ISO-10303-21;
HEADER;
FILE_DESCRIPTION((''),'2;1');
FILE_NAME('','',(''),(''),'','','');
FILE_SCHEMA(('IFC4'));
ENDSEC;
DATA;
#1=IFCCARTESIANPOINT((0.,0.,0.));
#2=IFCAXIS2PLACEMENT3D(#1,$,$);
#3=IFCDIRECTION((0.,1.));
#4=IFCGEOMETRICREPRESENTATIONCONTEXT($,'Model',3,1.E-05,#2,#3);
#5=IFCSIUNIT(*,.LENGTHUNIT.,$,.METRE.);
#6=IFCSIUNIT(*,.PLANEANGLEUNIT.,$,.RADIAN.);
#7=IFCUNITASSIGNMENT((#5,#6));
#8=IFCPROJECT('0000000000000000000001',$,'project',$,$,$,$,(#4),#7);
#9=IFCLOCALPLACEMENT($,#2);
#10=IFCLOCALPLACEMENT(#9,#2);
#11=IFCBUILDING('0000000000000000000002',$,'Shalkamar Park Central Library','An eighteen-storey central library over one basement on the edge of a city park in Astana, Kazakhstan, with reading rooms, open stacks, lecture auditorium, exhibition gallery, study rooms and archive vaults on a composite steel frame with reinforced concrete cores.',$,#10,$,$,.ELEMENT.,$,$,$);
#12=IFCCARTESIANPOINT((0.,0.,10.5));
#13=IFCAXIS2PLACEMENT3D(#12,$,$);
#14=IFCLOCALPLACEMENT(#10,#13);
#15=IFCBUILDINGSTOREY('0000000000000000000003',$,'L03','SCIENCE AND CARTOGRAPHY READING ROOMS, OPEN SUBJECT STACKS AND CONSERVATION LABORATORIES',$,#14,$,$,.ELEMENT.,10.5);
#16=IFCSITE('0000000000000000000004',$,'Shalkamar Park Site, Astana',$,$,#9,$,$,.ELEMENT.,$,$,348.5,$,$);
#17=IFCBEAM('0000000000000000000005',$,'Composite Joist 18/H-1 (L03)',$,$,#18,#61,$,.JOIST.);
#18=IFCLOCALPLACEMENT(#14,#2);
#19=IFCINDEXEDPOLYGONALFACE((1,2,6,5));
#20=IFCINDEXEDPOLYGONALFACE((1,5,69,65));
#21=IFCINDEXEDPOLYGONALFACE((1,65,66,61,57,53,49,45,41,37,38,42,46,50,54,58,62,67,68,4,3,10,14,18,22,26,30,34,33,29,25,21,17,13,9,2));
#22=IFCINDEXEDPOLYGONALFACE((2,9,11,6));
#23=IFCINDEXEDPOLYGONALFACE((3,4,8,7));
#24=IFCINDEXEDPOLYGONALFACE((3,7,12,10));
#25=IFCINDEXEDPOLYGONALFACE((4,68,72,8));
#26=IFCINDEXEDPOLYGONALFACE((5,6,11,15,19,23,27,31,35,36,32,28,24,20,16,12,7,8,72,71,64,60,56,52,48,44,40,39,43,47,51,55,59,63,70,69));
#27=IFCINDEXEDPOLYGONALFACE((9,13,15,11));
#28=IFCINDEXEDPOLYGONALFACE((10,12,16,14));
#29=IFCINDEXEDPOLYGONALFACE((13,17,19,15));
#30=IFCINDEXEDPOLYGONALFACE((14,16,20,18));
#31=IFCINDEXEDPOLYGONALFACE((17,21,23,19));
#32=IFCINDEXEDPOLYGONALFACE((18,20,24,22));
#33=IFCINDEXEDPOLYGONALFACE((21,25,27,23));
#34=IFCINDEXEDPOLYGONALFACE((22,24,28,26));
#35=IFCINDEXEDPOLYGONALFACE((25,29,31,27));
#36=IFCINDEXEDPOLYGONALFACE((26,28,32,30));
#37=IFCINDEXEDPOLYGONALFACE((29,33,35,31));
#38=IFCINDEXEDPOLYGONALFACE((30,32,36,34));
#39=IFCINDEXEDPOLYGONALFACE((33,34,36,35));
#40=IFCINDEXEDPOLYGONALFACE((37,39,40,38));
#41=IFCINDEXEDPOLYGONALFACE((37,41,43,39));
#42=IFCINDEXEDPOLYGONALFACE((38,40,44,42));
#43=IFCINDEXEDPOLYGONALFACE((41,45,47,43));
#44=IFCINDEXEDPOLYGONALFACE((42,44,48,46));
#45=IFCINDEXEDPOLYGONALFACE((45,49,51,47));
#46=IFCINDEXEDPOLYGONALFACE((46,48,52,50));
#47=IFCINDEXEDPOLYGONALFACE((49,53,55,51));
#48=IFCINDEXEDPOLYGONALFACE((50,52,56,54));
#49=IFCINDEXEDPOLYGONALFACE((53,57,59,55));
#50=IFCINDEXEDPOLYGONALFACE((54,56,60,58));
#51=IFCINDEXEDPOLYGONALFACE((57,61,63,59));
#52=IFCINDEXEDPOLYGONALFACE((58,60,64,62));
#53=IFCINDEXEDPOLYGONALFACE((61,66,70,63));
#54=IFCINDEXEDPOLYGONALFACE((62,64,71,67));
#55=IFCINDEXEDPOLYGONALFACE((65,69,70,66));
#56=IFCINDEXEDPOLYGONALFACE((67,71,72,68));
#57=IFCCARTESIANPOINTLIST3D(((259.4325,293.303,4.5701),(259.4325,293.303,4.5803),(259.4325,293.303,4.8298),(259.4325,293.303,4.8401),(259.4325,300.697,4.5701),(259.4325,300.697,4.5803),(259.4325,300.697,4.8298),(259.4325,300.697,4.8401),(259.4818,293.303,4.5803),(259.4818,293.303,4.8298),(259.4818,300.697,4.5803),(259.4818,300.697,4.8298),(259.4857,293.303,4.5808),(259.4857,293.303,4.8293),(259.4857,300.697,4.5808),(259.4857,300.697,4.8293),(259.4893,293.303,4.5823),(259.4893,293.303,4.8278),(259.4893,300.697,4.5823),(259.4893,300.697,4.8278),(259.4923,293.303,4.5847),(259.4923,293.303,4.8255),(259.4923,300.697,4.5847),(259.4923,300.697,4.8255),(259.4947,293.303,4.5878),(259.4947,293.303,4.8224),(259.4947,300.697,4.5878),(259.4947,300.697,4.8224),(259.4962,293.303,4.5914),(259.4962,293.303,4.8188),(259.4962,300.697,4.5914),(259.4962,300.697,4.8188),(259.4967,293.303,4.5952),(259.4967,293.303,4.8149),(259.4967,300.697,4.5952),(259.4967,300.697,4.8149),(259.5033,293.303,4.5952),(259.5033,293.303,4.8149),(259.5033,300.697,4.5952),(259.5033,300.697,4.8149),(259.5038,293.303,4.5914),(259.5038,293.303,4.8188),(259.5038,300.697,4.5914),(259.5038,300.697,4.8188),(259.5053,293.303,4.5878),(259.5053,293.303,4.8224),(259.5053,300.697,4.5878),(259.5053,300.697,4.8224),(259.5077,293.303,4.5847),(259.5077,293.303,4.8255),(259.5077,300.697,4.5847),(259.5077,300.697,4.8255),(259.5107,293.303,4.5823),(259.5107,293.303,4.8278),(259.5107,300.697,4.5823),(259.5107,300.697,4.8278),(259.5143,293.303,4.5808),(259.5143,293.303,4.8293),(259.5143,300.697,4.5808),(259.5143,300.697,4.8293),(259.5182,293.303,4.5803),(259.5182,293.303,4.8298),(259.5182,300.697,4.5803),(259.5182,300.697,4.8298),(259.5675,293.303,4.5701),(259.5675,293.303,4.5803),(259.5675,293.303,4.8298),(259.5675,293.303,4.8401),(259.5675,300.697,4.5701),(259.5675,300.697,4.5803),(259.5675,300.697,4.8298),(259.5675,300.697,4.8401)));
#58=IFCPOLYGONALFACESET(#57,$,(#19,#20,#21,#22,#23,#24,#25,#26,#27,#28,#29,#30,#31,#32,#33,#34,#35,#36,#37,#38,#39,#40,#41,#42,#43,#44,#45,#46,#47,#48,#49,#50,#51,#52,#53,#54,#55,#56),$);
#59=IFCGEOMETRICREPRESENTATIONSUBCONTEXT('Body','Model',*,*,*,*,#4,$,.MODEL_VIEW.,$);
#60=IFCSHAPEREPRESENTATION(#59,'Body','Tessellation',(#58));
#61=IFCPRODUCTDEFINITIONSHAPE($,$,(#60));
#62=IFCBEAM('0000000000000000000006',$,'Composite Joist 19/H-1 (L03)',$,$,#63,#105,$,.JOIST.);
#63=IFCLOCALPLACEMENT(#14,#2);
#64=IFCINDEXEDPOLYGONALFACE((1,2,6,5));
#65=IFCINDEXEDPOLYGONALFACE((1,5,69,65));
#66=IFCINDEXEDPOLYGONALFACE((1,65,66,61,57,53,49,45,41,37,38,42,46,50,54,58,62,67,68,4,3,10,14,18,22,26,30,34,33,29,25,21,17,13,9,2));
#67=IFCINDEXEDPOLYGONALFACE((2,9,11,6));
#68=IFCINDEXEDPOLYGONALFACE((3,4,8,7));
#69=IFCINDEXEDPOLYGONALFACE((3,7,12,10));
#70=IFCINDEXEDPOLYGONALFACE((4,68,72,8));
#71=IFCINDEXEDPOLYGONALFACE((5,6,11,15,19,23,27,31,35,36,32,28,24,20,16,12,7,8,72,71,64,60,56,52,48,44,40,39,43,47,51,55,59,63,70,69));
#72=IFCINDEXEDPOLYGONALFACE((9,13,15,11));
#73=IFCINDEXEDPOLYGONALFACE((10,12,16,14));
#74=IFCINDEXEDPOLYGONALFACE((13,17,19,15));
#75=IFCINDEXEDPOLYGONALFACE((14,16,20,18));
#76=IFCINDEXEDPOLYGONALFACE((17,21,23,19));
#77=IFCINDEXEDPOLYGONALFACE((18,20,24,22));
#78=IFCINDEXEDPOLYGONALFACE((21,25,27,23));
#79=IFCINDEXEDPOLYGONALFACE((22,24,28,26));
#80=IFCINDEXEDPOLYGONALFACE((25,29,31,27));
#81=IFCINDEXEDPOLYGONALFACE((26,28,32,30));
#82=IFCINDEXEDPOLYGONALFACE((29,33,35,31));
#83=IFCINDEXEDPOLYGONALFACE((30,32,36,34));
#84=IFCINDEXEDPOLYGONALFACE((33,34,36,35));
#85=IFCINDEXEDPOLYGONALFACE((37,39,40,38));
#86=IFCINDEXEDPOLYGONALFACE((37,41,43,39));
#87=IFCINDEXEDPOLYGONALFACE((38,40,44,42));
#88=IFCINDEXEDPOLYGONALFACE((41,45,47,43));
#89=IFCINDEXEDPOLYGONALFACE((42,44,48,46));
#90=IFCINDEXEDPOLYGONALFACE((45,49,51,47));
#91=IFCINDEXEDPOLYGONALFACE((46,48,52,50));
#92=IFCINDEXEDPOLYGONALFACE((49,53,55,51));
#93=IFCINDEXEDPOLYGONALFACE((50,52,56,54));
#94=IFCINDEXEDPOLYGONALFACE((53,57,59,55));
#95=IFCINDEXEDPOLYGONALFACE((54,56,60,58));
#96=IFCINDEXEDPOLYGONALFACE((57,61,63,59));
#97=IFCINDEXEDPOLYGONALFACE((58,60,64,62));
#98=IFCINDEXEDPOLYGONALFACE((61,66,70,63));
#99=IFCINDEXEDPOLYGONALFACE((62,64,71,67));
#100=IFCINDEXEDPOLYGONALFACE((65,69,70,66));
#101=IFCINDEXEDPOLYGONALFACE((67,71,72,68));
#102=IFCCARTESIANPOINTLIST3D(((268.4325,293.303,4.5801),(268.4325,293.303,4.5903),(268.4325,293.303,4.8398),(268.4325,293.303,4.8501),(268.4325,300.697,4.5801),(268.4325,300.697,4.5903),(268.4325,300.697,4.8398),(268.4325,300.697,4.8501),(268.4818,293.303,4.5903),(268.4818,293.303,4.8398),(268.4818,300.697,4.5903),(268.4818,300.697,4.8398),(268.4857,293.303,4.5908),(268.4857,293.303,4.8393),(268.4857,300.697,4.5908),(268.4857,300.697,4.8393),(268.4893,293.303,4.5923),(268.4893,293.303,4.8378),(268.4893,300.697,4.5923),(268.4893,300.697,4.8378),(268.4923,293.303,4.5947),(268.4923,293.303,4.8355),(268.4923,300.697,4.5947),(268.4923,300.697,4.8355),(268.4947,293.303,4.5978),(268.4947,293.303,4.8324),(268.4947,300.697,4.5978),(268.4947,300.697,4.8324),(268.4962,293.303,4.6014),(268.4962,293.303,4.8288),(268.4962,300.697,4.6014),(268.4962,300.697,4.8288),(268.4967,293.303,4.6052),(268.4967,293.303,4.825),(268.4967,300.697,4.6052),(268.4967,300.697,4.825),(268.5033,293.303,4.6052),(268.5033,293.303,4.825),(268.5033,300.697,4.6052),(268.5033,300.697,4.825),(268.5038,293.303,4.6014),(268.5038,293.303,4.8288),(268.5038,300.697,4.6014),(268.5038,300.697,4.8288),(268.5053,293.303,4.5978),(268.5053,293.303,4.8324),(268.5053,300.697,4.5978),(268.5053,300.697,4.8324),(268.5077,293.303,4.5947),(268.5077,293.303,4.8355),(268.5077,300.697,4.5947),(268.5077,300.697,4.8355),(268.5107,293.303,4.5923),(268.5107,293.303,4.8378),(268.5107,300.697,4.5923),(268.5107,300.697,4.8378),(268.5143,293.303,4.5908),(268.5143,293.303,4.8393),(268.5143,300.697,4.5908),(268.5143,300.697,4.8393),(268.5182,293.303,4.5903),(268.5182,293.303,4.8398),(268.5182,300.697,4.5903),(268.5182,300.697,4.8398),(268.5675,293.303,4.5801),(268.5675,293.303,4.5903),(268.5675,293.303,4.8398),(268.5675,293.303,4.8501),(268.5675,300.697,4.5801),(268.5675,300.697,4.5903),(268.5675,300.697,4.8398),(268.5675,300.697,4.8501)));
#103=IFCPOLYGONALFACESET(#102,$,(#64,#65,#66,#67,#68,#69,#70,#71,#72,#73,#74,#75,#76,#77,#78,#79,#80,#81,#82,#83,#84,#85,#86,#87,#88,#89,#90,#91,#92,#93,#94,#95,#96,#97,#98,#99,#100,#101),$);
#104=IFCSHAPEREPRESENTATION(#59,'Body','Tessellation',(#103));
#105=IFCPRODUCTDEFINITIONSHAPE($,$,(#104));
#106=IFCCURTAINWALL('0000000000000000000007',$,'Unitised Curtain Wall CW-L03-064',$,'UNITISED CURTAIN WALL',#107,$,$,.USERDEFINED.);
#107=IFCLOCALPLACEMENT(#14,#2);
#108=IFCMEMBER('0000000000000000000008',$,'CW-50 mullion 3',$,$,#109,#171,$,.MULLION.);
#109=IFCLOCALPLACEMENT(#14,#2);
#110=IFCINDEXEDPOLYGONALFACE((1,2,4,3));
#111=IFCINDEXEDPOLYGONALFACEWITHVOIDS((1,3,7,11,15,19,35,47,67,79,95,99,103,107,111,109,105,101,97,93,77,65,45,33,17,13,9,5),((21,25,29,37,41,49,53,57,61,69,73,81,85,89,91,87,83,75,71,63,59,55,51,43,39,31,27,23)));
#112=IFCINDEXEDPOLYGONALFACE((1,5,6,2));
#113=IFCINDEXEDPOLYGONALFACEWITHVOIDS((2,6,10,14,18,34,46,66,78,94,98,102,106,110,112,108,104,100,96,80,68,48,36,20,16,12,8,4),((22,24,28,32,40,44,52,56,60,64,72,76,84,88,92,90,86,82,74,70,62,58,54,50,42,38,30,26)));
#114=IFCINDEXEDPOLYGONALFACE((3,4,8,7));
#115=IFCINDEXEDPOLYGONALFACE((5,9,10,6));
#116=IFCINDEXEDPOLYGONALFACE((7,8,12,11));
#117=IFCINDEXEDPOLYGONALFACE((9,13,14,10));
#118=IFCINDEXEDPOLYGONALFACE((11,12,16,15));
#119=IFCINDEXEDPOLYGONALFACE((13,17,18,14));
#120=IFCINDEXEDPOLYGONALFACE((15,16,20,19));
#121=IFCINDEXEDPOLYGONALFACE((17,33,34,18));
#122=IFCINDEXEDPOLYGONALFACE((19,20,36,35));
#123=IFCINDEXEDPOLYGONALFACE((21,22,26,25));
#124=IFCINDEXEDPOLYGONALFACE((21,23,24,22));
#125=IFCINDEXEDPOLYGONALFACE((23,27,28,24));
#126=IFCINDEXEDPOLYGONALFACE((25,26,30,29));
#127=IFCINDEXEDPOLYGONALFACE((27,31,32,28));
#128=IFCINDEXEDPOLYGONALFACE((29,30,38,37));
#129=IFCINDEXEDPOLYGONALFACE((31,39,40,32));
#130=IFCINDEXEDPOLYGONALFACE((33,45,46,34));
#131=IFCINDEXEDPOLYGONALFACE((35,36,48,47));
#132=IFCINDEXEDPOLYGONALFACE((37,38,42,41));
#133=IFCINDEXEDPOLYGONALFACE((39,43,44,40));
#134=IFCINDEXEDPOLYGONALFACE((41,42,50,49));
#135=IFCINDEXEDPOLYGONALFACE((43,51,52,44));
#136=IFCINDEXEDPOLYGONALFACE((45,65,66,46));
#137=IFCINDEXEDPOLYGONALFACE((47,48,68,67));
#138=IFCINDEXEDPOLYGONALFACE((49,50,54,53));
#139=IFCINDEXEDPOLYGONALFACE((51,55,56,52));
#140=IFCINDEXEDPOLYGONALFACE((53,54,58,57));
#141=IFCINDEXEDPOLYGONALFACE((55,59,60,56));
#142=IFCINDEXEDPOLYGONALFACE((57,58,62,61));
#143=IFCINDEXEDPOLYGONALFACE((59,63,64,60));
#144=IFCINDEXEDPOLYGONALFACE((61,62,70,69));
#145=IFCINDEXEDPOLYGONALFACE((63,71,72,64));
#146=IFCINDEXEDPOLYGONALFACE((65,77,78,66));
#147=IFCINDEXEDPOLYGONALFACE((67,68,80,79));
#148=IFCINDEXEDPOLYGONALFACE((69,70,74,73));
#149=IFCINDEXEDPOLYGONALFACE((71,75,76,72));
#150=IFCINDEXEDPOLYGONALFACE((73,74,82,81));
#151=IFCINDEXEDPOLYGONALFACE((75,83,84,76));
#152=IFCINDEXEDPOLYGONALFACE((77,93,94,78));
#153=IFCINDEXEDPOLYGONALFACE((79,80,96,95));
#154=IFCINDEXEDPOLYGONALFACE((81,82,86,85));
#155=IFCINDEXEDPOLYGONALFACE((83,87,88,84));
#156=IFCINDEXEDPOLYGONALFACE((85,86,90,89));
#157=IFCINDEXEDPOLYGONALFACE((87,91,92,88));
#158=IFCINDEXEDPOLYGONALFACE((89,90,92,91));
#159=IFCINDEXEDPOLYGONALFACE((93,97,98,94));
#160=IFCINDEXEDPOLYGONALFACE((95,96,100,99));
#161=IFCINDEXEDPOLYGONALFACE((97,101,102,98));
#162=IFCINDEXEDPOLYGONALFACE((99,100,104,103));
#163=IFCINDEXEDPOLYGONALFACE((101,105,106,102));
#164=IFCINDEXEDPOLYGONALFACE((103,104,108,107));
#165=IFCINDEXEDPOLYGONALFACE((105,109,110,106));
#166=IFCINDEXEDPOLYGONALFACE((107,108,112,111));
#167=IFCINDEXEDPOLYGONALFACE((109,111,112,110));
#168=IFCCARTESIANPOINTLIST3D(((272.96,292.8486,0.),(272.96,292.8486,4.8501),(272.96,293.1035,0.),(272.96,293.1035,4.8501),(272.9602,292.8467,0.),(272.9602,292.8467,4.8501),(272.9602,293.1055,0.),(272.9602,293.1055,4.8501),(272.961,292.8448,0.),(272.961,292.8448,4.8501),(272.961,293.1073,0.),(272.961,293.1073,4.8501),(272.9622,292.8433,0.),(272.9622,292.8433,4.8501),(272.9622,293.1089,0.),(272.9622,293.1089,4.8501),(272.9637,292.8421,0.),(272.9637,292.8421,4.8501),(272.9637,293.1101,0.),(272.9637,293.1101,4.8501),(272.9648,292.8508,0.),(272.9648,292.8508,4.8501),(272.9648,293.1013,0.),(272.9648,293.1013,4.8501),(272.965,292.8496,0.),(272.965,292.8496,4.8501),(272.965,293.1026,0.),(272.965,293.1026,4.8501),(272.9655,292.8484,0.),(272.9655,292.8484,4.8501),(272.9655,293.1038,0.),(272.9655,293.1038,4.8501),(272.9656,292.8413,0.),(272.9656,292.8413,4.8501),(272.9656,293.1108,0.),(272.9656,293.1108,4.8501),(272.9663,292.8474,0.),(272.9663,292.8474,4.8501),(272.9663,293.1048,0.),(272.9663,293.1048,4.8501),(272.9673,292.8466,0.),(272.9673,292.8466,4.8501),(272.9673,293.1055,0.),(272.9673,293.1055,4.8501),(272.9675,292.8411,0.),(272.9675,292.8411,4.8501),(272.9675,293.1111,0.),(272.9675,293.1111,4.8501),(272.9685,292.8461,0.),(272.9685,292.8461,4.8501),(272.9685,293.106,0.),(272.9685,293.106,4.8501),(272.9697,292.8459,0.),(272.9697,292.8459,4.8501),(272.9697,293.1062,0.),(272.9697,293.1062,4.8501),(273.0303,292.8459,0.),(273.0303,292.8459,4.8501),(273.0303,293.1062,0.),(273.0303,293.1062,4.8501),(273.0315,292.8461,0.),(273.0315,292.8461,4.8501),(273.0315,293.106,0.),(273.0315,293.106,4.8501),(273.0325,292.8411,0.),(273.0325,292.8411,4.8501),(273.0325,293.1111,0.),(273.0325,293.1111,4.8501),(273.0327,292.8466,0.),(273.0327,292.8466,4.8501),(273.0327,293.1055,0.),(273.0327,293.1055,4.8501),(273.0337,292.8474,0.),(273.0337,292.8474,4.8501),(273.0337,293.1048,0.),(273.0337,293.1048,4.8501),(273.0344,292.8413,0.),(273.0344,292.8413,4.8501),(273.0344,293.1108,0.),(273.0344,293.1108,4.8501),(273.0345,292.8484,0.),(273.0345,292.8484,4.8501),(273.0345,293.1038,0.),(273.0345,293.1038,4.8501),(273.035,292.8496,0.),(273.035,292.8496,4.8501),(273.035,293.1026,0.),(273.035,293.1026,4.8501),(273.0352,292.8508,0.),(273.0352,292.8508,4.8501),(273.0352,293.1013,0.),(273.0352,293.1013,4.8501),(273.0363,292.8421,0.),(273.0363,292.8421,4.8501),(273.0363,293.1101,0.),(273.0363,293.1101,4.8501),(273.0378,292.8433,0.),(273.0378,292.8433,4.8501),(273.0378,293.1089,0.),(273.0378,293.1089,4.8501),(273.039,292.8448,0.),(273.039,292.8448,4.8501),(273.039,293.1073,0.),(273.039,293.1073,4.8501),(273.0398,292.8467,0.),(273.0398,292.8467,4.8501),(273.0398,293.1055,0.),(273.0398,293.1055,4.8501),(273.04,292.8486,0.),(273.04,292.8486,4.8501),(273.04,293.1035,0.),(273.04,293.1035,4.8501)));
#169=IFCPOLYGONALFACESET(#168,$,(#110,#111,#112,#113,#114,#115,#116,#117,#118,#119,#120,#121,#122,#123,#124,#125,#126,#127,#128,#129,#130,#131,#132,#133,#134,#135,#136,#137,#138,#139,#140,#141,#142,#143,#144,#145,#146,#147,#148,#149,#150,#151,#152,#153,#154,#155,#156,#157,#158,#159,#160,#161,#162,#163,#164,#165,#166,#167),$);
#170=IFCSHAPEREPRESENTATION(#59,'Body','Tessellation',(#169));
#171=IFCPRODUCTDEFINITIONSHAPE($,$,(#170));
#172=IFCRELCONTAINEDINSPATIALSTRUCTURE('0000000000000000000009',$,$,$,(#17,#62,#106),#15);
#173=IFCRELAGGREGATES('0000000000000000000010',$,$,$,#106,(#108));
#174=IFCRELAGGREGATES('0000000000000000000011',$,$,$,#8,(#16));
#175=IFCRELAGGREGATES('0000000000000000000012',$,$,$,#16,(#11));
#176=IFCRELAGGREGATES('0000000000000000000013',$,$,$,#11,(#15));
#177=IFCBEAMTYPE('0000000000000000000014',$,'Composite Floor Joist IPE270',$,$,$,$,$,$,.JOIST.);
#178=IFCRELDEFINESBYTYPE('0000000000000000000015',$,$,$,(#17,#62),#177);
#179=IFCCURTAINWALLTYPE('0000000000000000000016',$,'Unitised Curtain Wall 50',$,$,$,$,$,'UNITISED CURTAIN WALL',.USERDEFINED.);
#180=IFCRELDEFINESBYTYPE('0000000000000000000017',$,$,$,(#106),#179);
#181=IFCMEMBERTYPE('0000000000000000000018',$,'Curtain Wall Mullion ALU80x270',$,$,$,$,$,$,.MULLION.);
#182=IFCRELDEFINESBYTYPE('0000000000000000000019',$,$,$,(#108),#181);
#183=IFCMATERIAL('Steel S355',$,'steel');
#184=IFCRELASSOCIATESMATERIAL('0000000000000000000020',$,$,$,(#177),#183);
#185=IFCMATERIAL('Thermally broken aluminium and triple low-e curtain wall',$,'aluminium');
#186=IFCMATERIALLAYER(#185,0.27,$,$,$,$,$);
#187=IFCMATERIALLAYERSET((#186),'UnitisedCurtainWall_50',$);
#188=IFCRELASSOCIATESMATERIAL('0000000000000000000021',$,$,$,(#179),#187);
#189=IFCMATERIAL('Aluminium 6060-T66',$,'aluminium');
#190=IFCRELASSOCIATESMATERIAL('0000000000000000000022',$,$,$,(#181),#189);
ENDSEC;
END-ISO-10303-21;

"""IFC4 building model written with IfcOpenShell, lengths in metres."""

from ifc_helpers import new_model, si_unit, direction, frame, origin, origin_2d, place, context, subcontext, project, spatial, hollow_rectangle, i_section, extrude, material, layer, layer_set, material_profile, profile_set, type_object, element, aggregate, save


model = new_model("IFC4")

# Units and contexts
model_context = context("Model", 3, precision=1e-05, world=origin(), true_north=direction((0.0, 1.0)))
body_context = subcontext(model_context, "Body", "Model", "MODEL_VIEW")
ifc_project = project(units=[si_unit("LENGTHUNIT", "METRE"), si_unit("PLANEANGLEUNIT", "RADIAN")], contexts=[model_context])

# Site, building, storey
site_placement = place(None, origin())
site = spatial("IfcSite", under=ifc_project, at=site_placement, Name="Shalkamar Park Site, Astana", CompositionType="ELEMENT", RefElevation=348.5)
building_placement = place(site_placement, origin())
building = spatial("IfcBuilding", under=site, at=building_placement, Name="Shalkamar Park Central Library", Description="An eighteen-storey central library over one basement on the edge of a city park in Astana, Kazakhstan, with reading rooms, open stacks, lecture auditorium, exhibition gallery, study rooms and archive vaults on a composite steel frame with reinforced concrete cores.", CompositionType="ELEMENT")
storey_placement = place(building_placement, frame((0.0, 0.0, 10.5)))
storey = spatial("IfcBuildingStorey", under=building, at=storey_placement, Name="L03", Description="SCIENCE AND CARTOGRAPHY READING ROOMS, OPEN SUBJECT STACKS AND CONSERVATION LABORATORIES", CompositionType="ELEMENT", Elevation=10.5)

# Shared definitions
ifc_material_1 = material(Name="Steel S355", Category="steel")

# Beams
ifc_material_profile_1 = material_profile(ifc_material_1, i_section(OverallWidth=0.135, OverallDepth=0.27, WebThickness=0.0066, FlangeThickness=0.0103, FilletRadius=0.0149, at=origin_2d()), Name="IPE 270")
ifc_profile_set_1 = profile_set([ifc_material_profile_1], Name="Steel S355")
beam_type_1 = type_object("IfcBeamType", Name="Composite Floor Joist IPE270", PredefinedType="JOIST", material=ifc_profile_set_1)
for number, where, z_axis, x_axis, name in (
    (1, (259.5, 293.303, 4.7051), (0.0, 1.0, 0.0), (-1.0, 0.0, 0.0), "Composite Joist 18/H-1 (L03)"),
    (2, (268.5, 293.303, 4.7151), (0.0, 1.0, 0.0), (-1.0, 0.0, 0.0), "Composite Joist 19/H-1 (L03)"),
):
    element("IfcBeam", number, at=place(storey_placement, frame(where, z_axis=z_axis, x_axis=x_axis)), inside=storey, type_object=beam_type_1, Name=name, PredefinedType="JOIST", context=body_context, shape_type="SweptSolid", body=[
        extrude(i_section(OverallWidth=0.135, OverallDepth=0.27, WebThickness=0.0066, FlangeThickness=0.0103, FilletRadius=0.0149, at=origin_2d()), origin(), (0.0, 0.0, 1.0), 7.394),
    ])

# Curtain wall, member
ifc_material_2 = material(Name="Thermally broken aluminium and triple low-e curtain wall", Category="aluminium")
ifc_layer_1 = layer(ifc_material_2, 0.27)
ifc_layer_set_1 = layer_set([ifc_layer_1], Name="UnitisedCurtainWall_50")
curtain_wall_type_1 = type_object("IfcCurtainWallType", Name="Unitised Curtain Wall 50", ElementType="UNITISED CURTAIN WALL", PredefinedType="USERDEFINED", material=ifc_layer_set_1)
curtain_wall_1_placement = place(storey_placement, origin())
curtain_wall_1 = element("IfcCurtainWall", 3, at=curtain_wall_1_placement, inside=storey, type_object=curtain_wall_type_1, Name="Unitised Curtain Wall CW-L03-064", ObjectType="UNITISED CURTAIN WALL", PredefinedType="USERDEFINED")
ifc_material_3 = material(Name="Aluminium 6060-T66", Category="aluminium")
ifc_material_profile_2 = material_profile(ifc_material_3, hollow_rectangle(XDim=0.0801, YDim=0.27, WallThickness=0.0049, InnerFilletRadius=0.0049, OuterFilletRadius=0.0076, at=origin_2d()), Name="ALU 80x270x5")
ifc_profile_set_2 = profile_set([ifc_material_profile_2], Name="Aluminium 6060-T66")
member_type_1 = type_object("IfcMemberType", Name="Curtain Wall Mullion ALU80x270", PredefinedType="MULLION", material=ifc_profile_set_2)
member_1_placement = place(storey_placement, frame((273.0, 292.9761, 0.0), z_axis=(0.0, 0.0, 1.0), x_axis=(-1.0, 0.0, 0.0)))
member_1 = element("IfcMember", 4, at=member_1_placement, type_object=member_type_1, Name="CW-50 mullion 3", PredefinedType="MULLION", context=body_context, shape_type="SweptSolid", body=[
    extrude(hollow_rectangle(XDim=0.0801, YDim=0.27, WallThickness=0.0049, InnerFilletRadius=0.0049, OuterFilletRadius=0.0076, at=origin_2d()), origin(), (0.0, 0.0, 1.0), 4.8501),
])

aggregate(curtain_wall_1, [member_1])

save(model, "model.ifc")
